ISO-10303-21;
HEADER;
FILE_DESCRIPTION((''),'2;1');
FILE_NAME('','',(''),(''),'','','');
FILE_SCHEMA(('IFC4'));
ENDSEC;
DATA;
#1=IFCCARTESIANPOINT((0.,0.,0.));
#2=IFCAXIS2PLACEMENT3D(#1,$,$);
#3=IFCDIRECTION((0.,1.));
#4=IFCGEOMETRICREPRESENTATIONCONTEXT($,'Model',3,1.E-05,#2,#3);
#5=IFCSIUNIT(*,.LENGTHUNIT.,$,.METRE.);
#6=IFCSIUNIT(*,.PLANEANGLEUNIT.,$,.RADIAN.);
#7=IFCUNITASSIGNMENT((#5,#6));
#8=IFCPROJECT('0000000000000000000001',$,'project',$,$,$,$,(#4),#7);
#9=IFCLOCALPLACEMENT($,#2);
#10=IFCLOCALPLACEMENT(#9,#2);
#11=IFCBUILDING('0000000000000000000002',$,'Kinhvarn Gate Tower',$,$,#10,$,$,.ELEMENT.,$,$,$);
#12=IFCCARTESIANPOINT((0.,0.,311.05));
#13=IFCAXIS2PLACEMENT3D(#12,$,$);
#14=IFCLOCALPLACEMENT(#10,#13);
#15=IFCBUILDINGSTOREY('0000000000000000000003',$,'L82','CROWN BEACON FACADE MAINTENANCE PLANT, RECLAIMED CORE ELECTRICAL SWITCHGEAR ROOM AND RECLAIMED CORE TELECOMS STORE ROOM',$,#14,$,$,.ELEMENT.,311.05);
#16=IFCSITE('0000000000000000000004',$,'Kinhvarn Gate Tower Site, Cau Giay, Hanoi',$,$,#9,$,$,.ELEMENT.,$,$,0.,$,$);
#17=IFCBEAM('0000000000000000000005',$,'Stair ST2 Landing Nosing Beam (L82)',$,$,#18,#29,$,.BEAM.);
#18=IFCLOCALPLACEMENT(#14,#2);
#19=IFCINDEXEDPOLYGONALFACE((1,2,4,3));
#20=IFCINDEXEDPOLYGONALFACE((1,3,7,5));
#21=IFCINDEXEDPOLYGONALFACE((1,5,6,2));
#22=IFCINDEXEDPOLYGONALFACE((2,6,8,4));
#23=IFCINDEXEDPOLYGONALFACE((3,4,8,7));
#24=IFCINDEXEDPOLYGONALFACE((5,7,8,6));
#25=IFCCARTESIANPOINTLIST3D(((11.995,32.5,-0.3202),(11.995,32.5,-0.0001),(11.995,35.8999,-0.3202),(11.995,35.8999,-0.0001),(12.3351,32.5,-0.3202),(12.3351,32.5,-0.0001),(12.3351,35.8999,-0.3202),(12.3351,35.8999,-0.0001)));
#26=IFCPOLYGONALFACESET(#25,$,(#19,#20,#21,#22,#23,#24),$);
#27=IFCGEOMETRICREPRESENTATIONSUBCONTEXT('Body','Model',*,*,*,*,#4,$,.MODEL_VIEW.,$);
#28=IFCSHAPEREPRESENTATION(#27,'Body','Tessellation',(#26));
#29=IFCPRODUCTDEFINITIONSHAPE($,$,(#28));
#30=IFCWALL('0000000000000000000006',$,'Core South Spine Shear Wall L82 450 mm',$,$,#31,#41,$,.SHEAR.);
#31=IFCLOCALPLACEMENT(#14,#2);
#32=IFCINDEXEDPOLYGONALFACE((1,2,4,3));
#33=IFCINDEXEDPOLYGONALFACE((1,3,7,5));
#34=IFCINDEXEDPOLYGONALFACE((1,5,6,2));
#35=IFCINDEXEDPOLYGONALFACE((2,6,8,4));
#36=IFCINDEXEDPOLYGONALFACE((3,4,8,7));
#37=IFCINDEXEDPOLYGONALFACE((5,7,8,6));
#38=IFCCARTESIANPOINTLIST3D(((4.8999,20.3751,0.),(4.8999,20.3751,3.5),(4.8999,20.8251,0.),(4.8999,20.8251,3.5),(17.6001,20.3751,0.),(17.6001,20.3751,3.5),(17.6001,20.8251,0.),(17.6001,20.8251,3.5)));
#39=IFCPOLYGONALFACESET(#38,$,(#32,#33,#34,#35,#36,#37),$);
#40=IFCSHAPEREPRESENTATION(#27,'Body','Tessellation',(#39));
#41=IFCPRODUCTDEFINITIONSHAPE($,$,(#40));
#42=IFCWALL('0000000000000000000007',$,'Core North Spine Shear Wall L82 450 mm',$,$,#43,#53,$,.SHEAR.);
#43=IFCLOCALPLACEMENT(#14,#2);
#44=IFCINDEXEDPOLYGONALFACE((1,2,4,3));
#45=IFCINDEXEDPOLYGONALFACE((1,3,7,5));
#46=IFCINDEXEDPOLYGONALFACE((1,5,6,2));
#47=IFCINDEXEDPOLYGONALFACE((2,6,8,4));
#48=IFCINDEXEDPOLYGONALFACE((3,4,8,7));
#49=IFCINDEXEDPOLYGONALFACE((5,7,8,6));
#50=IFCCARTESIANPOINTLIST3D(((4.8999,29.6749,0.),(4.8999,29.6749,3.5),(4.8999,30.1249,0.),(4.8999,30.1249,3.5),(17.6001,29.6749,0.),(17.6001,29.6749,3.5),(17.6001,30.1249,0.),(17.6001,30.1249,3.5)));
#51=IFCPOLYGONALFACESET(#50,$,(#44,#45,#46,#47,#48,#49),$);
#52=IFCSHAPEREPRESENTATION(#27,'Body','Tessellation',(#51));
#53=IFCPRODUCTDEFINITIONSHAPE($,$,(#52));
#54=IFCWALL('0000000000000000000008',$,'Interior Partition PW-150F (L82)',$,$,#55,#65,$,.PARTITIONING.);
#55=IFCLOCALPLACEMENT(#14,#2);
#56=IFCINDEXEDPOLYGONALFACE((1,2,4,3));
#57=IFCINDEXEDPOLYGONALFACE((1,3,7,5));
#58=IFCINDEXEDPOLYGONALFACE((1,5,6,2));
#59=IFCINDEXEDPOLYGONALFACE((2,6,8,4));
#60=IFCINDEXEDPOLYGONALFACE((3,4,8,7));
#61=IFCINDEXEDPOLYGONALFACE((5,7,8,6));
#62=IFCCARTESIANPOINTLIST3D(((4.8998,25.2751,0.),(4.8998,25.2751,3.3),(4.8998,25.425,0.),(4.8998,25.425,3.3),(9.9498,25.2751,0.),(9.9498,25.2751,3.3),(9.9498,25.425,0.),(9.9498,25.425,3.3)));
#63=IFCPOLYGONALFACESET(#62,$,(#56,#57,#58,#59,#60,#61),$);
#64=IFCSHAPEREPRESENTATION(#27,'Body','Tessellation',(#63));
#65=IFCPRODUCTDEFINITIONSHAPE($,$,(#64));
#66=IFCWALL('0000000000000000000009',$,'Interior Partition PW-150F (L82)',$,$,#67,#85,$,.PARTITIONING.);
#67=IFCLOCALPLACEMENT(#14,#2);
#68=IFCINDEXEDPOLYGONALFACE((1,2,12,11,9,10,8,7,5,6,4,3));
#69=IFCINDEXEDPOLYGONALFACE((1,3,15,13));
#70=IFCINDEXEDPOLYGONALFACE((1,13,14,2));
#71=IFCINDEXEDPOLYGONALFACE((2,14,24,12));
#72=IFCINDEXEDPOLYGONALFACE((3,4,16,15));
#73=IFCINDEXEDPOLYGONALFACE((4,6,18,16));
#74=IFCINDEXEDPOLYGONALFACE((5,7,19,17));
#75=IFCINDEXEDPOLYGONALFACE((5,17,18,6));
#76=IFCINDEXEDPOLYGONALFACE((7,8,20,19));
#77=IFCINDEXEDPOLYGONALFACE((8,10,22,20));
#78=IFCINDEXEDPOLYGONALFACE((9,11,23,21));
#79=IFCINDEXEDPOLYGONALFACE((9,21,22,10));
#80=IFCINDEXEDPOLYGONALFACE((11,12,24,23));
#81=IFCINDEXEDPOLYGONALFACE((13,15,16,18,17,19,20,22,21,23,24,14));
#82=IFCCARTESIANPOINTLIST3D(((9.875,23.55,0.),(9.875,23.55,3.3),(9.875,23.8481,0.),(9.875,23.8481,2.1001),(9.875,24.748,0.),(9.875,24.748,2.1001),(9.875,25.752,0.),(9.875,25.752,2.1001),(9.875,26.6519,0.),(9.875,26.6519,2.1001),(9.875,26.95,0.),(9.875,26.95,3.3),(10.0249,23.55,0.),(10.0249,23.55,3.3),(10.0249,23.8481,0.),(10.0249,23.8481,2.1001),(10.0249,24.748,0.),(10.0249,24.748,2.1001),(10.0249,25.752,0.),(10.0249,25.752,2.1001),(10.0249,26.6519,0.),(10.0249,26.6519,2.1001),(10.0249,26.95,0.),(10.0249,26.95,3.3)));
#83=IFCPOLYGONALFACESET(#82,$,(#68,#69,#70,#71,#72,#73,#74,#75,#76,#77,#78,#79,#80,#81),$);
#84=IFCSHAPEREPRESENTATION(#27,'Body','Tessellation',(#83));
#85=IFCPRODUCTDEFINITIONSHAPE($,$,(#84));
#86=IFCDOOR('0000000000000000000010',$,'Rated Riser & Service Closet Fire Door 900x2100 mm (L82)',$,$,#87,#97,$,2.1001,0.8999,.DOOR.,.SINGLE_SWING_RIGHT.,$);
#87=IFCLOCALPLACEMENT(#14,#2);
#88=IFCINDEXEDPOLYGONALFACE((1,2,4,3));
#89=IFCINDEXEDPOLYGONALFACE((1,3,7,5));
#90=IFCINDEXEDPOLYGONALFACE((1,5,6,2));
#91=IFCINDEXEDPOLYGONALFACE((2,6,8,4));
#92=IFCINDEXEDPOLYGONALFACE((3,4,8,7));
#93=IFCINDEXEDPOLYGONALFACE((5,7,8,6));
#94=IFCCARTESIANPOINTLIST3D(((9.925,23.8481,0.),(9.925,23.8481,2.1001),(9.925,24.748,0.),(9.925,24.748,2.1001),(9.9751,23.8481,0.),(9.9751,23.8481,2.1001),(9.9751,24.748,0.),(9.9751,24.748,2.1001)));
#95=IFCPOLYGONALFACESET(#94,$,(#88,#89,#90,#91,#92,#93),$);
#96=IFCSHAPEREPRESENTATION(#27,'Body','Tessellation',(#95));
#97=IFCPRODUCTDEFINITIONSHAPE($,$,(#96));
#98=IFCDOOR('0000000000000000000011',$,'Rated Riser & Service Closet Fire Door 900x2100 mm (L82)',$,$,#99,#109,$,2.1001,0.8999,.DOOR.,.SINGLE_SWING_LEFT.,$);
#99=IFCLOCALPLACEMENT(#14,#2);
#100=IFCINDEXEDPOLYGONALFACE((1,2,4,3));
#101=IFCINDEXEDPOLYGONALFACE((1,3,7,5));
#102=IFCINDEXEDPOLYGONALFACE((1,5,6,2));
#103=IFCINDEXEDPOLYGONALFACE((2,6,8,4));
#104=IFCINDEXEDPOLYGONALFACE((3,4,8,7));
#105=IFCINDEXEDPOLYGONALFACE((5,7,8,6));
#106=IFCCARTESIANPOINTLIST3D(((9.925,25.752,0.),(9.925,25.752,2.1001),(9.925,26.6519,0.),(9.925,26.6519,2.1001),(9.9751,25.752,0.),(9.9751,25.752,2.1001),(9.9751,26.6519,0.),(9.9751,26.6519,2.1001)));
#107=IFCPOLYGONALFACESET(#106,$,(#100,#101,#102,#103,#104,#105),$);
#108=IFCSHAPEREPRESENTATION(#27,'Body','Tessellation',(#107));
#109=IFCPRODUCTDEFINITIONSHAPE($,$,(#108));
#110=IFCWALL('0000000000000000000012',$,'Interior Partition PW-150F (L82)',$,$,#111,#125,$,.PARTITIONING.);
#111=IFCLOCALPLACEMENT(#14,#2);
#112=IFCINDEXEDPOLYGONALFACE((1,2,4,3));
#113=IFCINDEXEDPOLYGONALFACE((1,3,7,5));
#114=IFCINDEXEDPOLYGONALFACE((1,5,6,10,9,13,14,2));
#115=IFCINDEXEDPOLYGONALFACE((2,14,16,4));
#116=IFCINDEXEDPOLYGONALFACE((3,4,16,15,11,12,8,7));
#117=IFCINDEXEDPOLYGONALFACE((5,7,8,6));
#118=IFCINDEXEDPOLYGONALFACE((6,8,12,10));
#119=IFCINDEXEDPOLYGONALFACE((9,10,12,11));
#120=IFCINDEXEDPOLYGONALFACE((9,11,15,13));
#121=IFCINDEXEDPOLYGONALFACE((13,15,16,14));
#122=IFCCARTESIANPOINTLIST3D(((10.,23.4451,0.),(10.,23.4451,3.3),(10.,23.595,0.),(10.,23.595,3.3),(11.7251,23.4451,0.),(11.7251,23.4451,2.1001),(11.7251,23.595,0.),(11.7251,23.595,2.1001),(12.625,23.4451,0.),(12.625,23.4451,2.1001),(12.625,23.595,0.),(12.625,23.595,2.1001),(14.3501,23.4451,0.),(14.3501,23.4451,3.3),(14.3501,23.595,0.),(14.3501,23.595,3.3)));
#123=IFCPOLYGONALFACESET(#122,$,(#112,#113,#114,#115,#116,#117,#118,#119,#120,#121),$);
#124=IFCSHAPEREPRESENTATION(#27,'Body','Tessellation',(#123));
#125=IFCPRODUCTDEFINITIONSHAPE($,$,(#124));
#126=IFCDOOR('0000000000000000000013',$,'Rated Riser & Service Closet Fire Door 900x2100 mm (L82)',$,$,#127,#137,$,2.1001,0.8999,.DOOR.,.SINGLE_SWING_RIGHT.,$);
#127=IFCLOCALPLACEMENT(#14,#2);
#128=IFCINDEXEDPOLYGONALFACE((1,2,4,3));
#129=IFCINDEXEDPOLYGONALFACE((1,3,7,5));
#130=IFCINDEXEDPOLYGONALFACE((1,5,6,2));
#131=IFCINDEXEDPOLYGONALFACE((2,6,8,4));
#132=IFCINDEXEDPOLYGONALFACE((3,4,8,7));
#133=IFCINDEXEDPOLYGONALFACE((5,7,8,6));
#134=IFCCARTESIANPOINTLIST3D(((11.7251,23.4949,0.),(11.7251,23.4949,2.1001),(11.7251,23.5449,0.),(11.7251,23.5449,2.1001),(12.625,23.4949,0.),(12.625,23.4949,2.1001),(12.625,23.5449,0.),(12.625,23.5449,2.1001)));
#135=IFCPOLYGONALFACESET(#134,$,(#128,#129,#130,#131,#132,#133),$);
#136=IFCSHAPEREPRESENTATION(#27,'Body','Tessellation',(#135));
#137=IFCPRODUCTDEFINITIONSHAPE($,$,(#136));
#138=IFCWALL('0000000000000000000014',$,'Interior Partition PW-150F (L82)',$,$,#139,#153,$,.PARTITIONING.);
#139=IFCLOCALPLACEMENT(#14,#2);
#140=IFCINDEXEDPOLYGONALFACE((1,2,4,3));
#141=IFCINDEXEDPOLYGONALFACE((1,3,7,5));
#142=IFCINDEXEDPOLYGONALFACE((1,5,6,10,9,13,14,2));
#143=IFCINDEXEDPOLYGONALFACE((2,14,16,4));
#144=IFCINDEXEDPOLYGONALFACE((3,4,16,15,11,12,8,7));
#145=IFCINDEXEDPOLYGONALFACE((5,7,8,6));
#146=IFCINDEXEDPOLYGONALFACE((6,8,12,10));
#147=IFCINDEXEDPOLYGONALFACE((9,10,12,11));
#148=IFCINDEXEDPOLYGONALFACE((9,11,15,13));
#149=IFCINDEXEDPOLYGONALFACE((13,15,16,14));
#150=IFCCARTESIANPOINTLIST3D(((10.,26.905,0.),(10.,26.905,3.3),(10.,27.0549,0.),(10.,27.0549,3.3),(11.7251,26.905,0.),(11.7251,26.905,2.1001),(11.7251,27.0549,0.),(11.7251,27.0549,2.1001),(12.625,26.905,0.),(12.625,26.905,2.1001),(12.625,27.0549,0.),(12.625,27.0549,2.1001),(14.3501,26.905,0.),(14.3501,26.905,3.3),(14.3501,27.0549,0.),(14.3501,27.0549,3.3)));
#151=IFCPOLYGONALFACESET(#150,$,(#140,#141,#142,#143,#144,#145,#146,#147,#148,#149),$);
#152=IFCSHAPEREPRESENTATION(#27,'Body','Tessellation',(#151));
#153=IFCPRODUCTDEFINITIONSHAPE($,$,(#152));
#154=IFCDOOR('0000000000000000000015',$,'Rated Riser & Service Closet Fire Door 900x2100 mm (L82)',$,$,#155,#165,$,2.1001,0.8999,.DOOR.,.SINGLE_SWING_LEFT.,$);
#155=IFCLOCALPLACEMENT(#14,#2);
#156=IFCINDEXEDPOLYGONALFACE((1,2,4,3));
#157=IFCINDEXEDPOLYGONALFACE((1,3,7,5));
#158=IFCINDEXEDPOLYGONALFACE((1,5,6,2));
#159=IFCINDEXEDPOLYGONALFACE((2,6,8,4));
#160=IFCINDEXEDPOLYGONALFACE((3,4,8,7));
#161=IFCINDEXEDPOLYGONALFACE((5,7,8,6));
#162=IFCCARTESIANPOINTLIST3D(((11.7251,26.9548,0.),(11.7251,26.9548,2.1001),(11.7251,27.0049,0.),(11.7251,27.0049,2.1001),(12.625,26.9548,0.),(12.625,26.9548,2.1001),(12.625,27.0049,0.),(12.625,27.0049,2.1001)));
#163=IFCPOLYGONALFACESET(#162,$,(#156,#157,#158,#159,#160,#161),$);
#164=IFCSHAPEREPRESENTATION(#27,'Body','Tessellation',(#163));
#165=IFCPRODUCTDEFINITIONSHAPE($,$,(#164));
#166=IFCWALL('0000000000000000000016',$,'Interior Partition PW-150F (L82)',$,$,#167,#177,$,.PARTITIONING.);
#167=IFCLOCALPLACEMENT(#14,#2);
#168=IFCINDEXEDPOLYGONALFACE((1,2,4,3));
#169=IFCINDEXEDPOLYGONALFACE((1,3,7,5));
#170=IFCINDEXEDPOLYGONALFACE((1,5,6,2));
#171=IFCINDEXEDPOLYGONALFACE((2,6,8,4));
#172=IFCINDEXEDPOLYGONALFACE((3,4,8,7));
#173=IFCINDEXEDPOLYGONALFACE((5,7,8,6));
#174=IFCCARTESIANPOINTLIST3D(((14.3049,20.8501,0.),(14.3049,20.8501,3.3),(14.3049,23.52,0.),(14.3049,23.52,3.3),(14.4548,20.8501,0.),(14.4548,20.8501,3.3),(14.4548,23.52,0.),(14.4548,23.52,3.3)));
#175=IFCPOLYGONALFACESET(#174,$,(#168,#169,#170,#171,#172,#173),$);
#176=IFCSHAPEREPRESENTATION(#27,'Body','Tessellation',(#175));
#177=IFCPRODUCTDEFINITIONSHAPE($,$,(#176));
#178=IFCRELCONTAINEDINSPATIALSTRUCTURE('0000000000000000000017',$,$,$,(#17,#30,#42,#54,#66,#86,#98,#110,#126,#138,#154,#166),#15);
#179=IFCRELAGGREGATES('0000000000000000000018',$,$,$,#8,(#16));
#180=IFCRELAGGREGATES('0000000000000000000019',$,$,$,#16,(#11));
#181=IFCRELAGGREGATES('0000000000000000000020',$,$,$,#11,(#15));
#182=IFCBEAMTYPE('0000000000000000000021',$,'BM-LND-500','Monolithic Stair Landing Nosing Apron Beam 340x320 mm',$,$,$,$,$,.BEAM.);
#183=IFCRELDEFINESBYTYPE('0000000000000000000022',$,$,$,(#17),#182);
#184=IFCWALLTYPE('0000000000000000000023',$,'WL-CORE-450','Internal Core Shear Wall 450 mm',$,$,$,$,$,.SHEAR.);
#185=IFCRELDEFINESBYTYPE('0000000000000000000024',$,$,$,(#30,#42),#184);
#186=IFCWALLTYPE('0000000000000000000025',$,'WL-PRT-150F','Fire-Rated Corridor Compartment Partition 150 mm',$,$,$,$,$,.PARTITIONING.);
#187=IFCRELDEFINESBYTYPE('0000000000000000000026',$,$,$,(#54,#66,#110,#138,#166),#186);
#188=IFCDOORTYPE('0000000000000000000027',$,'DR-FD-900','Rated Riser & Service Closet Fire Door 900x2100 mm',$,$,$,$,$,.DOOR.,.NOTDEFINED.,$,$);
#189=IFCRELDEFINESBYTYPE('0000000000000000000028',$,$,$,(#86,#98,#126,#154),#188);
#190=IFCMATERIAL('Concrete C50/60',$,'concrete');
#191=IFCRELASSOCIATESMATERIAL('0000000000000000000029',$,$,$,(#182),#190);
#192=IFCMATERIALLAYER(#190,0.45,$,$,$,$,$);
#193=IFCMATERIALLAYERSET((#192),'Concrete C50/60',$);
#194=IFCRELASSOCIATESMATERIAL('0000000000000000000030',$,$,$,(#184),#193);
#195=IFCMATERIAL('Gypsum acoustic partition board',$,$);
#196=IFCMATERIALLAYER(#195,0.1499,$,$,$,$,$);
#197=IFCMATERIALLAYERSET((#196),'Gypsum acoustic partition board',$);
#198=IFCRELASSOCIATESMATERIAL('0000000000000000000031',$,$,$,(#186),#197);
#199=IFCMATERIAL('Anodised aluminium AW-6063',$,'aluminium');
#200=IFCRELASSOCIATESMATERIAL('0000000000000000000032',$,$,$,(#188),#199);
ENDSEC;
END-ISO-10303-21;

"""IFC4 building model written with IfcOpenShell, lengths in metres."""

from ifc_helpers import new_model, si_unit, direction, frame, frame_2d, origin, origin_2d, place, context, subcontext, project, spatial, rectangle, extrude, material, layer, layer_set, material_profile, profile_set, type_object, element, fill, save


model = new_model("IFC4")

# Units and contexts
model_context = context("Model", 3, precision=1e-05, world=origin(), true_north=direction((0.0, 1.0)))
body_context = subcontext(model_context, "Body", "Model", "MODEL_VIEW")
ifc_project = project(units=[si_unit("LENGTHUNIT", "METRE"), si_unit("PLANEANGLEUNIT", "RADIAN")], contexts=[model_context])

# Site, building, storey
site_placement = place(None, origin())
site = spatial("IfcSite", under=ifc_project, at=site_placement, Name="Kinhvarn Gate Tower Site, Cau Giay, Hanoi", CompositionType="ELEMENT", RefElevation=0.0)
building_placement = place(site_placement, origin())
building = spatial("IfcBuilding", under=site, at=building_placement, Name="Kinhvarn Gate Tower", CompositionType="ELEMENT")
storey_placement = place(building_placement, frame((0.0, 0.0, 311.05)))
storey = spatial("IfcBuildingStorey", under=building, at=storey_placement, Name="L82", Description="CROWN BEACON FACADE MAINTENANCE PLANT, RECLAIMED CORE ELECTRICAL SWITCHGEAR ROOM AND RECLAIMED CORE TELECOMS STORE ROOM", CompositionType="ELEMENT", Elevation=311.05)

# Beam
ifc_material_1 = material(Name="Concrete C50/60", Category="concrete")
ifc_material_profile = material_profile(ifc_material_1, rectangle(XDim=0.3401, YDim=0.3201, at=origin_2d()), Name="RC 340x320")
ifc_profile_set = profile_set([ifc_material_profile], Name="Concrete C50/60")
beam_type = type_object("IfcBeamType", Name="BM-LND-500", Description="Monolithic Stair Landing Nosing Apron Beam 340x320 mm", PredefinedType="BEAM", material=ifc_profile_set)
beam_placement = place(storey_placement, frame((12.165, 32.5, -0.1602), z_axis=(0.0, 1.0, 0.0), x_axis=(-1.0, 0.0, 0.0)))
element("IfcBeam", 1, at=beam_placement, inside=storey, type_object=beam_type, Name="Stair ST2 Landing Nosing Beam (L82)", PredefinedType="BEAM", context=body_context, shape_type="SweptSolid", body=[
    extrude(rectangle(XDim=0.3401, YDim=0.3201, at=origin_2d()), origin(), (0.0, 0.0, 1.0), 3.3999),
])

# Walls
ifc_layer_1 = layer(ifc_material_1, 0.45)
ifc_layer_set_1 = layer_set([ifc_layer_1], Name="Concrete C50/60")
wall_type_1 = type_object("IfcWallType", Name="WL-CORE-450", Description="Internal Core Shear Wall 450 mm", PredefinedType="SHEAR", material=ifc_layer_set_1)
for number, where, z_axis, x_axis, name in (
    (2, (4.8999, 20.6001, 0.0), (0.0, 0.0, 1.0), (1.0, 0.0, 0.0), "Core South Spine Shear Wall L82 450 mm"),
    (3, (4.8999, 29.8999, 0.0), (0.0, 0.0, 1.0), (1.0, 0.0, 0.0), "Core North Spine Shear Wall L82 450 mm"),
):
    element("IfcWall", number, at=place(storey_placement, frame(where, z_axis=z_axis, x_axis=x_axis)), inside=storey, type_object=wall_type_1, Name=name, PredefinedType="SHEAR", context=body_context, shape_type="SweptSolid", body=[
        extrude(rectangle(XDim=12.7002, YDim=0.45, at=frame_2d((6.3501, 0.0))), origin(), (0.0, 0.0, 1.0), 3.5),
    ])
ifc_material_2 = material(Name="Gypsum acoustic partition board")
ifc_layer_2 = layer(ifc_material_2, 0.1499)
ifc_layer_set_2 = layer_set([ifc_layer_2], Name="Gypsum acoustic partition board")
wall_type_2 = type_object("IfcWallType", Name="WL-PRT-150F", Description="Fire-Rated Corridor Compartment Partition 150 mm", PredefinedType="PARTITIONING", material=ifc_layer_set_2)
wall_1_placement = place(storey_placement, frame((4.8999, 25.3501, 0.0), z_axis=(0.0, 0.0, 1.0), x_axis=(1.0, 0.0, 0.0)))
element("IfcWall", 4, at=wall_1_placement, inside=storey, type_object=wall_type_2, Name="Interior Partition PW-150F (L82)", PredefinedType="PARTITIONING", context=body_context, shape_type="SweptSolid", body=[
    extrude(rectangle(XDim=5.05, YDim=0.1499, at=frame_2d((2.5249, 0.0))), origin(), (0.0, 0.0, 1.0), 3.3),
])

# Wall, openings, doors
wall_2_placement = place(storey_placement, frame((9.95, 23.55, 0.0), z_axis=(0.0, 0.0, 1.0), x_axis=(0.0, 1.0, 0.0)))
wall_2 = element("IfcWall", 5, at=wall_2_placement, inside=storey, type_object=wall_type_2, Name="Interior Partition PW-150F (L82)", PredefinedType="PARTITIONING", context=body_context, shape_type="SweptSolid", body=[
    extrude(rectangle(XDim=3.3999, YDim=0.1499, at=frame_2d((1.7, 0.0))), origin(), (0.0, 0.0, 1.0), 3.3),
])
opening_1_placement = place(wall_2_placement, frame((0.2981, 0.0, 0.0)))
opening_1 = element("IfcOpeningElement", 6, at=opening_1_placement, cuts=wall_2, PredefinedType="OPENING", context=body_context, shape_type="SweptSolid", body=[
    extrude(rectangle(XDim=0.8999, YDim=2.1001, at=frame_2d((0.45, 1.05))), frame((0.0, 0.085, 0.0), z_axis=(0.0, -1.0, 0.0), x_axis=(1.0, 0.0, 0.0)), (0.0, 0.0, 1.0), 0.1699),
])
opening_2_placement = place(wall_2_placement, frame((2.2019, 0.0, 0.0)))
opening_2 = element("IfcOpeningElement", 7, at=opening_2_placement, cuts=wall_2, PredefinedType="OPENING", context=body_context, shape_type="SweptSolid", body=[
    extrude(rectangle(XDim=0.8999, YDim=2.1001, at=frame_2d((0.45, 1.05))), frame((0.0, 0.085, 0.0), z_axis=(0.0, -1.0, 0.0), x_axis=(1.0, 0.0, 0.0)), (0.0, 0.0, 1.0), 0.1699),
])
ifc_material_3 = material(Name="Anodised aluminium AW-6063", Category="aluminium")
door_type_1 = type_object("IfcDoorType", Name="DR-FD-900", Description="Rated Riser & Service Closet Fire Door 900x2100 mm", OperationType="NOTDEFINED", PredefinedType="DOOR", material=ifc_material_3)
door_1_placement = place(opening_1_placement, origin())
door_1 = element("IfcDoor", 8, at=door_1_placement, inside=storey, type_object=door_type_1, Name="Rated Riser & Service Closet Fire Door 900x2100 mm (L82)", OperationType="SINGLE_SWING_RIGHT", OverallHeight=2.1001, OverallWidth=0.8999, PredefinedType="DOOR", context=body_context, shape_type="SweptSolid", body=[
    extrude(rectangle(XDim=0.8999, YDim=2.1001, at=frame_2d((0.45, 1.05))), frame((0.0, 0.0249, 0.0), z_axis=(0.0, -1.0, 0.0), x_axis=(1.0, 0.0, 0.0)), (0.0, 0.0, 1.0), 0.05),
])
fill(opening_1, door_1)
door_2_placement = place(opening_2_placement, origin())
door_2 = element("IfcDoor", 9, at=door_2_placement, inside=storey, type_object=door_type_1, Name="Rated Riser & Service Closet Fire Door 900x2100 mm (L82)", OperationType="SINGLE_SWING_LEFT", OverallHeight=2.1001, OverallWidth=0.8999, PredefinedType="DOOR", context=body_context, shape_type="SweptSolid", body=[
    extrude(rectangle(XDim=0.8999, YDim=2.1001, at=frame_2d((0.45, 1.05))), frame((0.0, 0.0249, 0.0), z_axis=(0.0, -1.0, 0.0), x_axis=(1.0, 0.0, 0.0)), (0.0, 0.0, 1.0), 0.05),
])
fill(opening_2, door_2)

# Walls, openings, doors
wall_3_placement = place(storey_placement, frame((10.0, 23.52, 0.0), z_axis=(0.0, 0.0, 1.0), x_axis=(1.0, 0.0, 0.0)))
wall_3 = element("IfcWall", 10, at=wall_3_placement, inside=storey, type_object=wall_type_2, Name="Interior Partition PW-150F (L82)", PredefinedType="PARTITIONING", context=body_context, shape_type="SweptSolid", body=[
    extrude(rectangle(XDim=4.3501, YDim=0.1499, at=frame_2d((2.175, 0.0))), origin(), (0.0, 0.0, 1.0), 3.3),
])
opening_3_placement = place(wall_3_placement, frame((1.7251, 0.0, 0.0)))
opening_3 = element("IfcOpeningElement", 11, at=opening_3_placement, cuts=wall_3, PredefinedType="OPENING", context=body_context, shape_type="SweptSolid", body=[
    extrude(rectangle(XDim=0.8999, YDim=2.1001, at=frame_2d((0.45, 1.05))), frame((0.0, 0.085, 0.0), z_axis=(0.0, -1.0, 0.0), x_axis=(1.0, 0.0, 0.0)), (0.0, 0.0, 1.0), 0.1699),
])
door_3_placement = place(opening_3_placement, origin())
door_3 = element("IfcDoor", 12, at=door_3_placement, inside=storey, type_object=door_type_1, Name="Rated Riser & Service Closet Fire Door 900x2100 mm (L82)", OperationType="SINGLE_SWING_RIGHT", OverallHeight=2.1001, OverallWidth=0.8999, PredefinedType="DOOR", context=body_context, shape_type="SweptSolid", body=[
    extrude(rectangle(XDim=0.8999, YDim=2.1001, at=frame_2d((0.45, 1.05))), frame((0.0, 0.0249, 0.0), z_axis=(0.0, -1.0, 0.0), x_axis=(1.0, 0.0, 0.0)), (0.0, 0.0, 1.0), 0.05),
])
fill(opening_3, door_3)
wall_4_placement = place(storey_placement, frame((10.0, 26.98, 0.0), z_axis=(0.0, 0.0, 1.0), x_axis=(1.0, 0.0, 0.0)))
wall_4 = element("IfcWall", 13, at=wall_4_placement, inside=storey, type_object=wall_type_2, Name="Interior Partition PW-150F (L82)", PredefinedType="PARTITIONING", context=body_context, shape_type="SweptSolid", body=[
    extrude(rectangle(XDim=4.3501, YDim=0.1499, at=frame_2d((2.175, 0.0))), origin(), (0.0, 0.0, 1.0), 3.3),
])
opening_4_placement = place(wall_4_placement, frame((1.7251, 0.0, 0.0)))
opening_4 = element("IfcOpeningElement", 14, at=opening_4_placement, cuts=wall_4, PredefinedType="OPENING", context=body_context, shape_type="SweptSolid", body=[
    extrude(rectangle(XDim=0.8999, YDim=2.1001, at=frame_2d((0.45, 1.05))), frame((0.0, 0.085, 0.0), z_axis=(0.0, -1.0, 0.0), x_axis=(1.0, 0.0, 0.0)), (0.0, 0.0, 1.0), 0.1699),
])
door_4_placement = place(opening_4_placement, origin())
door_4 = element("IfcDoor", 15, at=door_4_placement, inside=storey, type_object=door_type_1, Name="Rated Riser & Service Closet Fire Door 900x2100 mm (L82)", OperationType="SINGLE_SWING_LEFT", OverallHeight=2.1001, OverallWidth=0.8999, PredefinedType="DOOR", context=body_context, shape_type="SweptSolid", body=[
    extrude(rectangle(XDim=0.8999, YDim=2.1001, at=frame_2d((0.45, 1.05))), frame((0.0, 0.0249, 0.0), z_axis=(0.0, -1.0, 0.0), x_axis=(1.0, 0.0, 0.0)), (0.0, 0.0, 1.0), 0.05),
])
fill(opening_4, door_4)

# Wall
wall_5_placement = place(storey_placement, frame((14.3799, 20.8501, 0.0), z_axis=(0.0, 0.0, 1.0), x_axis=(0.0, 1.0, 0.0)))
element("IfcWall", 16, at=wall_5_placement, inside=storey, type_object=wall_type_2, Name="Interior Partition PW-150F (L82)", PredefinedType="PARTITIONING", context=body_context, shape_type="SweptSolid", body=[
    extrude(rectangle(XDim=2.6699, YDim=0.1499, at=frame_2d((1.335, 0.0))), origin(), (0.0, 0.0, 1.0), 3.3),
])

save(model, "model.ifc")
